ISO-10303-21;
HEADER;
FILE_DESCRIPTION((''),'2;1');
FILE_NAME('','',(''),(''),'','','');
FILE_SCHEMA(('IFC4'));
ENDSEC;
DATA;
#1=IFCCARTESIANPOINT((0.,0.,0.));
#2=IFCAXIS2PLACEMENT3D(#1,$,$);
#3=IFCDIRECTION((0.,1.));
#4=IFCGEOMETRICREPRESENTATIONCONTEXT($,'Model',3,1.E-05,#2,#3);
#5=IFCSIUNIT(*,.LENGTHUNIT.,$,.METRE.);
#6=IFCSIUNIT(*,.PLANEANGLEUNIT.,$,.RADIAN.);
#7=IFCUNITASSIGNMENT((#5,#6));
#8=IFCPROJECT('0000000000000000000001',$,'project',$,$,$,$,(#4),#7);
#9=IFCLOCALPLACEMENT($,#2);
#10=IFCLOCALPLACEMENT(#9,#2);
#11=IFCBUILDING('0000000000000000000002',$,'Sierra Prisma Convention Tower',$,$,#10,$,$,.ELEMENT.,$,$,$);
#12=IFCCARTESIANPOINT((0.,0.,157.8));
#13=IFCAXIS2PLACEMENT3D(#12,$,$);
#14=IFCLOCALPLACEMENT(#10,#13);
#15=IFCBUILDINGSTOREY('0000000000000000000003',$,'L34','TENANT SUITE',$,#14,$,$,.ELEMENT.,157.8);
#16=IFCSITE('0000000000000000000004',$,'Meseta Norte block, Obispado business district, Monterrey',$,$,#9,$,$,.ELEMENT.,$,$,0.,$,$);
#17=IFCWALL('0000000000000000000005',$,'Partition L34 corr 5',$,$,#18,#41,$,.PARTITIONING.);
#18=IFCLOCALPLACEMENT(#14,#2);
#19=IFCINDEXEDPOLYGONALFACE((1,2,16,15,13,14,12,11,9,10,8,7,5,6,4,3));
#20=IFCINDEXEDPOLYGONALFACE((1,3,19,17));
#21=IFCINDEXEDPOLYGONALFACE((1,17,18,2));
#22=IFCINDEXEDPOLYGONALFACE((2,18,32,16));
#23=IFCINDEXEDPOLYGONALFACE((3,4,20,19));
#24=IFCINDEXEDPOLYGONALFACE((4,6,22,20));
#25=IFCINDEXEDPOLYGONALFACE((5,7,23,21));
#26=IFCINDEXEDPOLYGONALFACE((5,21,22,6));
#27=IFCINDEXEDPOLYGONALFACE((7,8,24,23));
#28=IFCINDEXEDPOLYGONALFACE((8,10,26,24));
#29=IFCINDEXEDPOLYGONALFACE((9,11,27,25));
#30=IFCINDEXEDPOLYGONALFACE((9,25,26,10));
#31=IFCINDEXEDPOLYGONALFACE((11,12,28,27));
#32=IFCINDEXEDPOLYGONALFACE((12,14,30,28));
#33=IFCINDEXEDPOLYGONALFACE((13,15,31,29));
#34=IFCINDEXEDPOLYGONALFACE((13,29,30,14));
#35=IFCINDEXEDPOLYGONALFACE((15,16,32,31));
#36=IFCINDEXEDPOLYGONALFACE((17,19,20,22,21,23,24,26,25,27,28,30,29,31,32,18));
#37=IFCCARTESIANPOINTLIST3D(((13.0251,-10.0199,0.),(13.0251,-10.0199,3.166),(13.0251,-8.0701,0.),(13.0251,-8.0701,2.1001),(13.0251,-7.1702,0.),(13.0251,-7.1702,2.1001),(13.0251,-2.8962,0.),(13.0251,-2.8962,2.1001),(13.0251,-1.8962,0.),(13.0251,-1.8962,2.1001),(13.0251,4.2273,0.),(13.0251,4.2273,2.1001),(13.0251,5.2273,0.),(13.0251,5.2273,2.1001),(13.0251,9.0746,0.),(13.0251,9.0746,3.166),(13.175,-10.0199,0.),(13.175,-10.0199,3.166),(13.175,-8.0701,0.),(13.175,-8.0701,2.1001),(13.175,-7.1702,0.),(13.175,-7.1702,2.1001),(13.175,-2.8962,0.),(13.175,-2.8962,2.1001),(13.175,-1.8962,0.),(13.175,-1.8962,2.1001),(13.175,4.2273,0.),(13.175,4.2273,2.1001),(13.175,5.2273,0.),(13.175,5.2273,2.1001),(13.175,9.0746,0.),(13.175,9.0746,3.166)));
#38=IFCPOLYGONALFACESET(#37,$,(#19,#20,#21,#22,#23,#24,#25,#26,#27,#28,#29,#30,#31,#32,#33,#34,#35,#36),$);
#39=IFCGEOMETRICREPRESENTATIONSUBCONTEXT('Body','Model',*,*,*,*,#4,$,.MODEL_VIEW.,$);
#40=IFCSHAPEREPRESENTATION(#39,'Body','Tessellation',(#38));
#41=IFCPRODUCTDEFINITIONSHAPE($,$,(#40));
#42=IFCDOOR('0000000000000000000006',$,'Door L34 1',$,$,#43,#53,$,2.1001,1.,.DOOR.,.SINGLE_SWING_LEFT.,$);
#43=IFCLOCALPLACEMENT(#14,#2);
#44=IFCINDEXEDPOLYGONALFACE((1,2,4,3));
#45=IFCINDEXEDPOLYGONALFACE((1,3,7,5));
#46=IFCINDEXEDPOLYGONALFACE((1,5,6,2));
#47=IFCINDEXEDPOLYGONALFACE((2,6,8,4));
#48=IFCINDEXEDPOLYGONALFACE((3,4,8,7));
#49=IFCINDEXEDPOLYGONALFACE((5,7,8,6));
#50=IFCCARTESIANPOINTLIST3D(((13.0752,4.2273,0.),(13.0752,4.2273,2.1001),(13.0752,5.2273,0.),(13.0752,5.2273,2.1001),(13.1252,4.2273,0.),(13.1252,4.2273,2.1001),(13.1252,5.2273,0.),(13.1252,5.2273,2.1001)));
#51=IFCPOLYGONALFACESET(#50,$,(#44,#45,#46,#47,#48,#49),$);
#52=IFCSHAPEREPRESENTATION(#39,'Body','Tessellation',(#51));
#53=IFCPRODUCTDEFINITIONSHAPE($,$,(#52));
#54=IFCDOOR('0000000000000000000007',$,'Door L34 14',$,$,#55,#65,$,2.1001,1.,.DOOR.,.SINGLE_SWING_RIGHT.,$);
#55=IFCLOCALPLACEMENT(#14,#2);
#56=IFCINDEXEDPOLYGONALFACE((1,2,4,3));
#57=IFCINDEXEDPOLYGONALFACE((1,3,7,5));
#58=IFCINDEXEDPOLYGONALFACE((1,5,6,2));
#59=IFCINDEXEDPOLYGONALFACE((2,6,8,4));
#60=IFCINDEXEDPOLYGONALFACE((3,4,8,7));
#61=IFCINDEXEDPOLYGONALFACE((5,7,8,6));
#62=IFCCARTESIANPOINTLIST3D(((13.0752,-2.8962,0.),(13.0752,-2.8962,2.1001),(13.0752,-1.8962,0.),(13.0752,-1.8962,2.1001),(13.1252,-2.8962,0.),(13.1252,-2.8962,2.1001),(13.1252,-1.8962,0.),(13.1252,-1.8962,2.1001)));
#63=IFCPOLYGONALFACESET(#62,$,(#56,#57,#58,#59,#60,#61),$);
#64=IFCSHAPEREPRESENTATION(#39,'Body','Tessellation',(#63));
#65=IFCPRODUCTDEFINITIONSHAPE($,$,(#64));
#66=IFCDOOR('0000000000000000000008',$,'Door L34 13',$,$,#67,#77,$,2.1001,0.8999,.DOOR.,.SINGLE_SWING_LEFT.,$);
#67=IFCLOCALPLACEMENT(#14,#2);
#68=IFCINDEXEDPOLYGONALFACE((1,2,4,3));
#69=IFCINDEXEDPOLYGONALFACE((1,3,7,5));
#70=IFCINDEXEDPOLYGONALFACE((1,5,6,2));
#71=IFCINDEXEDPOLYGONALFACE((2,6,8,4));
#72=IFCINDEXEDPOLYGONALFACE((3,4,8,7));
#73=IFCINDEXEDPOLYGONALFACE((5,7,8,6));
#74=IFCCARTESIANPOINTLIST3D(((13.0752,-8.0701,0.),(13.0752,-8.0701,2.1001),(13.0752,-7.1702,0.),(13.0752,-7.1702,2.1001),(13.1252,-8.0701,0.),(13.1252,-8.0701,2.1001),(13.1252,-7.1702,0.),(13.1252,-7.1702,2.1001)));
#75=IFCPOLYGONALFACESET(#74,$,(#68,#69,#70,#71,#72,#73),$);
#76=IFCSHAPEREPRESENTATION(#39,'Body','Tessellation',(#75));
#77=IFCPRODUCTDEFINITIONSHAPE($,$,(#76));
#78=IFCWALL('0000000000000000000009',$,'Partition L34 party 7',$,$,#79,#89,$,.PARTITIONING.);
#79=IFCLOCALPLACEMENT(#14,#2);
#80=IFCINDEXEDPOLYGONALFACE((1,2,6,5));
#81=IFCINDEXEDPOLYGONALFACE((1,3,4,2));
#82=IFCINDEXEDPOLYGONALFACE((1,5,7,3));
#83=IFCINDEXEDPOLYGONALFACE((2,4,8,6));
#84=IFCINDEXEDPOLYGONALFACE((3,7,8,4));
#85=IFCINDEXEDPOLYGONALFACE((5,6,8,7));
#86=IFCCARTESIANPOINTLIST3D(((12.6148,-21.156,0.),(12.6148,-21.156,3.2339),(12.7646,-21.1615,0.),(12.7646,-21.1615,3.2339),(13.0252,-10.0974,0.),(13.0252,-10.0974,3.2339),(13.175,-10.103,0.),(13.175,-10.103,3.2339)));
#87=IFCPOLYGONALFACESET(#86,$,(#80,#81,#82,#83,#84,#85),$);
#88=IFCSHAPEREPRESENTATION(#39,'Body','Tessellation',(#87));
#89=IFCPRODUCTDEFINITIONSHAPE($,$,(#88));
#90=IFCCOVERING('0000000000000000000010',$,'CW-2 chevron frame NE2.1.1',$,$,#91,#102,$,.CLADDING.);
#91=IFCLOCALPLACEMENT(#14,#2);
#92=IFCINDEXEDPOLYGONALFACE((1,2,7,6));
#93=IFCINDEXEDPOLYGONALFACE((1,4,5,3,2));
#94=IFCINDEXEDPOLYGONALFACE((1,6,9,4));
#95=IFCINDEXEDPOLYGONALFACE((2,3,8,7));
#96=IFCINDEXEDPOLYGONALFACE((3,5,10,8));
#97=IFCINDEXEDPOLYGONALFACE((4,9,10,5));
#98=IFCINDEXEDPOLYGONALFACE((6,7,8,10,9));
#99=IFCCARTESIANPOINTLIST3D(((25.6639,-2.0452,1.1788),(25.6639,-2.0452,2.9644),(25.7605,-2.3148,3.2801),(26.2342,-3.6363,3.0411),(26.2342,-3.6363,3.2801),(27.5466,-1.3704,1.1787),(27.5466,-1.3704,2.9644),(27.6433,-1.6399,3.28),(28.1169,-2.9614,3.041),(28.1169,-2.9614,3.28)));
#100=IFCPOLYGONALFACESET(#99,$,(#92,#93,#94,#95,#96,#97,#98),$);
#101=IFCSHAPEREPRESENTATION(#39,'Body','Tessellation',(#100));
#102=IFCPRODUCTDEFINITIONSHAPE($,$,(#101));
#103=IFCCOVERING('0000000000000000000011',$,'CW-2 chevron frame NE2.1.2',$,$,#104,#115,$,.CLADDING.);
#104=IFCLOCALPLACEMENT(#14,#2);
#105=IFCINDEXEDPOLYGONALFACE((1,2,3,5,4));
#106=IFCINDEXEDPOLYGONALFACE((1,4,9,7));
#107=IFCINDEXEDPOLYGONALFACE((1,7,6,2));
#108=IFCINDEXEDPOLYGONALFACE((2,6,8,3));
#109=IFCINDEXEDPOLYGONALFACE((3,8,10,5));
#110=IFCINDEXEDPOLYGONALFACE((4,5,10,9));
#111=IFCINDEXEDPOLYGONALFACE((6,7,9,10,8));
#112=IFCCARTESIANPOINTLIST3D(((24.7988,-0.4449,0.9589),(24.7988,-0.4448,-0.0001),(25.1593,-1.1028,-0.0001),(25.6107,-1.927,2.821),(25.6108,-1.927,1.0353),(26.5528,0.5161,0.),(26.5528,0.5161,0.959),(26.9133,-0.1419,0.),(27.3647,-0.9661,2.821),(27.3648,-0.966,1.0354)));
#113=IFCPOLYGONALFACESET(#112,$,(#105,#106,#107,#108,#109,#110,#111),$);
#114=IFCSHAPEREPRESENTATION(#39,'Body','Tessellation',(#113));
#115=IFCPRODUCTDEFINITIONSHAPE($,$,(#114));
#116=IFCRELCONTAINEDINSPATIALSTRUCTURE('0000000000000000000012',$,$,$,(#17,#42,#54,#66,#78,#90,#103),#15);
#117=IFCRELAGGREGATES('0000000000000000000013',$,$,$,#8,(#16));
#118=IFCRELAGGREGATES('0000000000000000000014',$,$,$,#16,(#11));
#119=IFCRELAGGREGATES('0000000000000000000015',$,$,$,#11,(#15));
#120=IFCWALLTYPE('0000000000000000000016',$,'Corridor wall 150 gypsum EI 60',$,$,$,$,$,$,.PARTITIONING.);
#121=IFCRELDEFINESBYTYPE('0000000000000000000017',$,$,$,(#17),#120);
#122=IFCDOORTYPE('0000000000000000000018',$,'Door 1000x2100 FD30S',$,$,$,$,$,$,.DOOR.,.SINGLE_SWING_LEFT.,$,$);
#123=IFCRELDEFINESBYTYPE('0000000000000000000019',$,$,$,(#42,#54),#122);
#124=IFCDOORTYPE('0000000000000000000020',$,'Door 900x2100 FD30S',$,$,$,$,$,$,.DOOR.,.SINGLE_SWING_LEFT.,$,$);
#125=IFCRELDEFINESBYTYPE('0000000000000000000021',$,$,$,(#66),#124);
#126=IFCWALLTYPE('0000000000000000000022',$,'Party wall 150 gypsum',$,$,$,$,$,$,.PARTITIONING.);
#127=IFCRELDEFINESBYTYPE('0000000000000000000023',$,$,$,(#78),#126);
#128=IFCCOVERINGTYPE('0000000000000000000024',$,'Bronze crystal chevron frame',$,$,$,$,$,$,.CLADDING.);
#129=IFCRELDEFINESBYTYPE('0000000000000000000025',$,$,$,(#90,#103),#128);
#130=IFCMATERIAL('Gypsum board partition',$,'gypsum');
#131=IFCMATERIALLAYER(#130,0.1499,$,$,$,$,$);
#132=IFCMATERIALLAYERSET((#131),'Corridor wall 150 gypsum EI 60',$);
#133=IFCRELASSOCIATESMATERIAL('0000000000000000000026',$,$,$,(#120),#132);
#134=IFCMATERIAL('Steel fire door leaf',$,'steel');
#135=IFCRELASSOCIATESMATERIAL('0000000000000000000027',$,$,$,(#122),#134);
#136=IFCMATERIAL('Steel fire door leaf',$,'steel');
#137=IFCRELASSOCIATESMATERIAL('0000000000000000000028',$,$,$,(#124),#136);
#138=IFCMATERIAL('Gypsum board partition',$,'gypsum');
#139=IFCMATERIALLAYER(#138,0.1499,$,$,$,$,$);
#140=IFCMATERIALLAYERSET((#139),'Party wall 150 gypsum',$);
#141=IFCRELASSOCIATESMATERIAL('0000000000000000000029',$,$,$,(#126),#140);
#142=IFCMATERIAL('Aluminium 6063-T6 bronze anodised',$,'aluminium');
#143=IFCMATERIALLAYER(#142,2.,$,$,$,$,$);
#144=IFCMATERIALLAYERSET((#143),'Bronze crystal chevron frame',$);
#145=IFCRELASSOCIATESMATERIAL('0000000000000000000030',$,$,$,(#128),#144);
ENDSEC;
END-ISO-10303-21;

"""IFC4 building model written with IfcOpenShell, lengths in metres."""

from ifc_helpers import new_model, si_unit, direction, frame, frame_2d, origin, place, context, subcontext, project, spatial, polyline, rectangle, outline, extrude, material, layer, layer_set, type_object, element, fill, save


model = new_model("IFC4")

# Units and contexts
model_context = context("Model", 3, precision=1e-05, world=origin(), true_north=direction((0.0, 1.0)))
body_context = subcontext(model_context, "Body", "Model", "MODEL_VIEW")
ifc_project = project(units=[si_unit("LENGTHUNIT", "METRE"), si_unit("PLANEANGLEUNIT", "RADIAN")], contexts=[model_context])

# Site, building, storey
site_placement = place(None, origin())
site = spatial("IfcSite", under=ifc_project, at=site_placement, Name="Meseta Norte block, Obispado business district, Monterrey", CompositionType="ELEMENT", RefElevation=0.0)
building_placement = place(site_placement, origin())
building = spatial("IfcBuilding", under=site, at=building_placement, Name="Sierra Prisma Convention Tower", CompositionType="ELEMENT")
storey_placement = place(building_placement, frame((0.0, 0.0, 157.8)))
storey = spatial("IfcBuildingStorey", under=building, at=storey_placement, Name="L34", Description="TENANT SUITE", CompositionType="ELEMENT", Elevation=157.8)

# Wall, openings, doors
ifc_material_1 = material(Name="Gypsum board partition", Category="gypsum")
ifc_layer_1 = layer(ifc_material_1, 0.1499)
ifc_layer_set_1 = layer_set([ifc_layer_1], Name="Corridor wall 150 gypsum EI 60")
wall_type_1 = type_object("IfcWallType", Name="Corridor wall 150 gypsum EI 60", PredefinedType="PARTITIONING", material=ifc_layer_set_1)
wall_1_placement = place(storey_placement, frame((13.1001, -10.02, 0.0), z_axis=(0.0, 0.0, 1.0), x_axis=(0.0, 1.0, 0.0)))
wall_1 = element("IfcWall", 1, at=wall_1_placement, inside=storey, type_object=wall_type_1, Name="Partition L34 corr 5", PredefinedType="PARTITIONING", context=body_context, shape_type="SweptSolid", body=[
    extrude(rectangle(XDim=19.0945, YDim=0.1499, at=frame_2d((9.5474, 0.0))), origin(), (0.0, 0.0, 1.0), 3.166),
])
opening_1_placement = place(wall_1_placement, frame((14.2473, 0.0, 0.0)))
opening_1 = element("IfcOpeningElement", 2, at=opening_1_placement, cuts=wall_1, PredefinedType="OPENING", context=body_context, shape_type="SweptSolid", body=[
    extrude(rectangle(XDim=1.0, YDim=2.1001, at=frame_2d((0.5, 1.05))), frame((0.0, 0.075, 0.0), z_axis=(0.0, -1.0, 0.0), x_axis=(1.0, 0.0, 0.0)), (0.0, 0.0, 1.0), 0.1499),
])
opening_2_placement = place(wall_1_placement, frame((1.95, 0.0, 0.0)))
opening_2 = element("IfcOpeningElement", 3, at=opening_2_placement, cuts=wall_1, PredefinedType="OPENING", context=body_context, shape_type="SweptSolid", body=[
    extrude(rectangle(XDim=0.8999, YDim=2.1001, at=frame_2d((0.45, 1.05))), frame((0.0, 0.075, 0.0), z_axis=(0.0, -1.0, 0.0), x_axis=(1.0, 0.0, 0.0)), (0.0, 0.0, 1.0), 0.1499),
])
opening_3_placement = place(wall_1_placement, frame((7.1238, 0.0, 0.0)))
opening_3 = element("IfcOpeningElement", 4, at=opening_3_placement, cuts=wall_1, PredefinedType="OPENING", context=body_context, shape_type="SweptSolid", body=[
    extrude(rectangle(XDim=1.0, YDim=2.1001, at=frame_2d((0.5, 1.05))), frame((0.0, 0.075, 0.0), z_axis=(0.0, -1.0, 0.0), x_axis=(1.0, 0.0, 0.0)), (0.0, 0.0, 1.0), 0.1499),
])
ifc_material_2 = material(Name="Steel fire door leaf", Category="steel")
door_type_1 = type_object("IfcDoorType", Name="Door 1000x2100 FD30S", OperationType="SINGLE_SWING_LEFT", PredefinedType="DOOR", material=ifc_material_2)
door_1_placement = place(opening_1_placement, origin())
door_1 = element("IfcDoor", 5, at=door_1_placement, inside=storey, type_object=door_type_1, Name="Door L34 1", OperationType="SINGLE_SWING_LEFT", OverallHeight=2.1001, OverallWidth=1.0, PredefinedType="DOOR", context=body_context, shape_type="SweptSolid", body=[
    extrude(rectangle(XDim=1.0, YDim=2.1001, at=frame_2d((0.5, 1.05))), frame((0.0, 0.0249, 0.0), z_axis=(0.0, -1.0, 0.0), x_axis=(1.0, 0.0, 0.0)), (0.0, 0.0, 1.0), 0.05),
])
fill(opening_1, door_1)
door_2_placement = place(opening_3_placement, origin())
door_2 = element("IfcDoor", 6, at=door_2_placement, inside=storey, type_object=door_type_1, Name="Door L34 14", OperationType="SINGLE_SWING_RIGHT", OverallHeight=2.1001, OverallWidth=1.0, PredefinedType="DOOR", context=body_context, shape_type="SweptSolid", body=[
    extrude(rectangle(XDim=1.0, YDim=2.1001, at=frame_2d((0.5, 1.05))), frame((0.0, 0.0249, 0.0), z_axis=(0.0, -1.0, 0.0), x_axis=(1.0, 0.0, 0.0)), (0.0, 0.0, 1.0), 0.05),
])
fill(opening_3, door_2)
ifc_material_3 = material(Name="Steel fire door leaf", Category="steel")
door_type_2 = type_object("IfcDoorType", Name="Door 900x2100 FD30S", OperationType="SINGLE_SWING_LEFT", PredefinedType="DOOR", material=ifc_material_3)
door_3_placement = place(opening_2_placement, origin())
door_3 = element("IfcDoor", 7, at=door_3_placement, inside=storey, type_object=door_type_2, Name="Door L34 13", OperationType="SINGLE_SWING_LEFT", OverallHeight=2.1001, OverallWidth=0.8999, PredefinedType="DOOR", context=body_context, shape_type="SweptSolid", body=[
    extrude(rectangle(XDim=0.8999, YDim=2.1001, at=frame_2d((0.45, 1.05))), frame((0.0, 0.0249, 0.0), z_axis=(0.0, -1.0, 0.0), x_axis=(1.0, 0.0, 0.0)), (0.0, 0.0, 1.0), 0.05),
])
fill(opening_2, door_3)

# Wall
ifc_material_4 = material(Name="Gypsum board partition", Category="gypsum")
ifc_layer_2 = layer(ifc_material_4, 0.1499)
ifc_layer_set_2 = layer_set([ifc_layer_2], Name="Party wall 150 gypsum")
wall_type_2 = type_object("IfcWallType", Name="Party wall 150 gypsum", PredefinedType="PARTITIONING", material=ifc_layer_set_2)
wall_2_placement = place(storey_placement, frame((13.1001, -10.1001, 0.0), z_axis=(0.0, 0.0, 1.0), x_axis=(-0.037086, -0.999312, 0.0)))
element("IfcWall", 8, at=wall_2_placement, inside=storey, type_object=wall_type_2, Name="Partition L34 party 7", PredefinedType="PARTITIONING", context=body_context, shape_type="SweptSolid", body=[
    extrude(rectangle(XDim=11.0662, YDim=0.1499, at=frame_2d((5.5332, 0.0))), origin(), (0.0, 0.0, 1.0), 3.2339),
])

# Coverings
ifc_material_5 = material(Name="Aluminium 6063-T6 bronze anodised", Category="aluminium")
ifc_layer_3 = layer(ifc_material_5, 2.0)
ifc_layer_set_3 = layer_set([ifc_layer_3], Name="Bronze crystal chevron frame")
covering_type = type_object("IfcCoveringType", Name="Bronze crystal chevron frame", PredefinedType="CLADDING", material=ifc_layer_set_3)
covering_1_placement = place(storey_placement, frame((28.1169, -2.9614, 3.28), z_axis=(0.941354, 0.33742, -0.000028), x_axis=(-0.000026, -0.000009, -1.0)))
element("IfcCovering", 9, at=covering_1_placement, inside=storey, type_object=covering_type, Name="CW-2 chevron frame NE2.1.1", PredefinedType="CLADDING", context=body_context, shape_type="SweptSolid", body=[
    extrude(outline(polyline([(0.0, 0.0), (0.239, 0.0), (2.1013, 1.6902), (0.3157, 1.6902), (0.0, 1.4038), (0.0, 0.0)])), origin(), (0.0, 0.0, -1.0), 2.0),
])
covering_2_placement = place(storey_placement, frame((27.3647, -0.9661, 2.821), z_axis=(0.877, 0.48049, 0.000036), x_axis=(0.000032, 0.000017, -1.0)))
element("IfcCovering", 10, at=covering_2_placement, inside=storey, type_object=covering_type, Name="CW-2 chevron frame NE2.1.2", PredefinedType="CLADDING", context=body_context, shape_type="SweptSolid", body=[
    extrude(outline(polyline([(0.0, 0.0), (1.7856, 0.0), (2.821, 0.9397), (2.821, 1.69), (1.8621, 1.69), (0.0, 0.0)])), origin(), (0.0, 0.0, -1.0), 2.0),
])

save(model, "model.ifc")
